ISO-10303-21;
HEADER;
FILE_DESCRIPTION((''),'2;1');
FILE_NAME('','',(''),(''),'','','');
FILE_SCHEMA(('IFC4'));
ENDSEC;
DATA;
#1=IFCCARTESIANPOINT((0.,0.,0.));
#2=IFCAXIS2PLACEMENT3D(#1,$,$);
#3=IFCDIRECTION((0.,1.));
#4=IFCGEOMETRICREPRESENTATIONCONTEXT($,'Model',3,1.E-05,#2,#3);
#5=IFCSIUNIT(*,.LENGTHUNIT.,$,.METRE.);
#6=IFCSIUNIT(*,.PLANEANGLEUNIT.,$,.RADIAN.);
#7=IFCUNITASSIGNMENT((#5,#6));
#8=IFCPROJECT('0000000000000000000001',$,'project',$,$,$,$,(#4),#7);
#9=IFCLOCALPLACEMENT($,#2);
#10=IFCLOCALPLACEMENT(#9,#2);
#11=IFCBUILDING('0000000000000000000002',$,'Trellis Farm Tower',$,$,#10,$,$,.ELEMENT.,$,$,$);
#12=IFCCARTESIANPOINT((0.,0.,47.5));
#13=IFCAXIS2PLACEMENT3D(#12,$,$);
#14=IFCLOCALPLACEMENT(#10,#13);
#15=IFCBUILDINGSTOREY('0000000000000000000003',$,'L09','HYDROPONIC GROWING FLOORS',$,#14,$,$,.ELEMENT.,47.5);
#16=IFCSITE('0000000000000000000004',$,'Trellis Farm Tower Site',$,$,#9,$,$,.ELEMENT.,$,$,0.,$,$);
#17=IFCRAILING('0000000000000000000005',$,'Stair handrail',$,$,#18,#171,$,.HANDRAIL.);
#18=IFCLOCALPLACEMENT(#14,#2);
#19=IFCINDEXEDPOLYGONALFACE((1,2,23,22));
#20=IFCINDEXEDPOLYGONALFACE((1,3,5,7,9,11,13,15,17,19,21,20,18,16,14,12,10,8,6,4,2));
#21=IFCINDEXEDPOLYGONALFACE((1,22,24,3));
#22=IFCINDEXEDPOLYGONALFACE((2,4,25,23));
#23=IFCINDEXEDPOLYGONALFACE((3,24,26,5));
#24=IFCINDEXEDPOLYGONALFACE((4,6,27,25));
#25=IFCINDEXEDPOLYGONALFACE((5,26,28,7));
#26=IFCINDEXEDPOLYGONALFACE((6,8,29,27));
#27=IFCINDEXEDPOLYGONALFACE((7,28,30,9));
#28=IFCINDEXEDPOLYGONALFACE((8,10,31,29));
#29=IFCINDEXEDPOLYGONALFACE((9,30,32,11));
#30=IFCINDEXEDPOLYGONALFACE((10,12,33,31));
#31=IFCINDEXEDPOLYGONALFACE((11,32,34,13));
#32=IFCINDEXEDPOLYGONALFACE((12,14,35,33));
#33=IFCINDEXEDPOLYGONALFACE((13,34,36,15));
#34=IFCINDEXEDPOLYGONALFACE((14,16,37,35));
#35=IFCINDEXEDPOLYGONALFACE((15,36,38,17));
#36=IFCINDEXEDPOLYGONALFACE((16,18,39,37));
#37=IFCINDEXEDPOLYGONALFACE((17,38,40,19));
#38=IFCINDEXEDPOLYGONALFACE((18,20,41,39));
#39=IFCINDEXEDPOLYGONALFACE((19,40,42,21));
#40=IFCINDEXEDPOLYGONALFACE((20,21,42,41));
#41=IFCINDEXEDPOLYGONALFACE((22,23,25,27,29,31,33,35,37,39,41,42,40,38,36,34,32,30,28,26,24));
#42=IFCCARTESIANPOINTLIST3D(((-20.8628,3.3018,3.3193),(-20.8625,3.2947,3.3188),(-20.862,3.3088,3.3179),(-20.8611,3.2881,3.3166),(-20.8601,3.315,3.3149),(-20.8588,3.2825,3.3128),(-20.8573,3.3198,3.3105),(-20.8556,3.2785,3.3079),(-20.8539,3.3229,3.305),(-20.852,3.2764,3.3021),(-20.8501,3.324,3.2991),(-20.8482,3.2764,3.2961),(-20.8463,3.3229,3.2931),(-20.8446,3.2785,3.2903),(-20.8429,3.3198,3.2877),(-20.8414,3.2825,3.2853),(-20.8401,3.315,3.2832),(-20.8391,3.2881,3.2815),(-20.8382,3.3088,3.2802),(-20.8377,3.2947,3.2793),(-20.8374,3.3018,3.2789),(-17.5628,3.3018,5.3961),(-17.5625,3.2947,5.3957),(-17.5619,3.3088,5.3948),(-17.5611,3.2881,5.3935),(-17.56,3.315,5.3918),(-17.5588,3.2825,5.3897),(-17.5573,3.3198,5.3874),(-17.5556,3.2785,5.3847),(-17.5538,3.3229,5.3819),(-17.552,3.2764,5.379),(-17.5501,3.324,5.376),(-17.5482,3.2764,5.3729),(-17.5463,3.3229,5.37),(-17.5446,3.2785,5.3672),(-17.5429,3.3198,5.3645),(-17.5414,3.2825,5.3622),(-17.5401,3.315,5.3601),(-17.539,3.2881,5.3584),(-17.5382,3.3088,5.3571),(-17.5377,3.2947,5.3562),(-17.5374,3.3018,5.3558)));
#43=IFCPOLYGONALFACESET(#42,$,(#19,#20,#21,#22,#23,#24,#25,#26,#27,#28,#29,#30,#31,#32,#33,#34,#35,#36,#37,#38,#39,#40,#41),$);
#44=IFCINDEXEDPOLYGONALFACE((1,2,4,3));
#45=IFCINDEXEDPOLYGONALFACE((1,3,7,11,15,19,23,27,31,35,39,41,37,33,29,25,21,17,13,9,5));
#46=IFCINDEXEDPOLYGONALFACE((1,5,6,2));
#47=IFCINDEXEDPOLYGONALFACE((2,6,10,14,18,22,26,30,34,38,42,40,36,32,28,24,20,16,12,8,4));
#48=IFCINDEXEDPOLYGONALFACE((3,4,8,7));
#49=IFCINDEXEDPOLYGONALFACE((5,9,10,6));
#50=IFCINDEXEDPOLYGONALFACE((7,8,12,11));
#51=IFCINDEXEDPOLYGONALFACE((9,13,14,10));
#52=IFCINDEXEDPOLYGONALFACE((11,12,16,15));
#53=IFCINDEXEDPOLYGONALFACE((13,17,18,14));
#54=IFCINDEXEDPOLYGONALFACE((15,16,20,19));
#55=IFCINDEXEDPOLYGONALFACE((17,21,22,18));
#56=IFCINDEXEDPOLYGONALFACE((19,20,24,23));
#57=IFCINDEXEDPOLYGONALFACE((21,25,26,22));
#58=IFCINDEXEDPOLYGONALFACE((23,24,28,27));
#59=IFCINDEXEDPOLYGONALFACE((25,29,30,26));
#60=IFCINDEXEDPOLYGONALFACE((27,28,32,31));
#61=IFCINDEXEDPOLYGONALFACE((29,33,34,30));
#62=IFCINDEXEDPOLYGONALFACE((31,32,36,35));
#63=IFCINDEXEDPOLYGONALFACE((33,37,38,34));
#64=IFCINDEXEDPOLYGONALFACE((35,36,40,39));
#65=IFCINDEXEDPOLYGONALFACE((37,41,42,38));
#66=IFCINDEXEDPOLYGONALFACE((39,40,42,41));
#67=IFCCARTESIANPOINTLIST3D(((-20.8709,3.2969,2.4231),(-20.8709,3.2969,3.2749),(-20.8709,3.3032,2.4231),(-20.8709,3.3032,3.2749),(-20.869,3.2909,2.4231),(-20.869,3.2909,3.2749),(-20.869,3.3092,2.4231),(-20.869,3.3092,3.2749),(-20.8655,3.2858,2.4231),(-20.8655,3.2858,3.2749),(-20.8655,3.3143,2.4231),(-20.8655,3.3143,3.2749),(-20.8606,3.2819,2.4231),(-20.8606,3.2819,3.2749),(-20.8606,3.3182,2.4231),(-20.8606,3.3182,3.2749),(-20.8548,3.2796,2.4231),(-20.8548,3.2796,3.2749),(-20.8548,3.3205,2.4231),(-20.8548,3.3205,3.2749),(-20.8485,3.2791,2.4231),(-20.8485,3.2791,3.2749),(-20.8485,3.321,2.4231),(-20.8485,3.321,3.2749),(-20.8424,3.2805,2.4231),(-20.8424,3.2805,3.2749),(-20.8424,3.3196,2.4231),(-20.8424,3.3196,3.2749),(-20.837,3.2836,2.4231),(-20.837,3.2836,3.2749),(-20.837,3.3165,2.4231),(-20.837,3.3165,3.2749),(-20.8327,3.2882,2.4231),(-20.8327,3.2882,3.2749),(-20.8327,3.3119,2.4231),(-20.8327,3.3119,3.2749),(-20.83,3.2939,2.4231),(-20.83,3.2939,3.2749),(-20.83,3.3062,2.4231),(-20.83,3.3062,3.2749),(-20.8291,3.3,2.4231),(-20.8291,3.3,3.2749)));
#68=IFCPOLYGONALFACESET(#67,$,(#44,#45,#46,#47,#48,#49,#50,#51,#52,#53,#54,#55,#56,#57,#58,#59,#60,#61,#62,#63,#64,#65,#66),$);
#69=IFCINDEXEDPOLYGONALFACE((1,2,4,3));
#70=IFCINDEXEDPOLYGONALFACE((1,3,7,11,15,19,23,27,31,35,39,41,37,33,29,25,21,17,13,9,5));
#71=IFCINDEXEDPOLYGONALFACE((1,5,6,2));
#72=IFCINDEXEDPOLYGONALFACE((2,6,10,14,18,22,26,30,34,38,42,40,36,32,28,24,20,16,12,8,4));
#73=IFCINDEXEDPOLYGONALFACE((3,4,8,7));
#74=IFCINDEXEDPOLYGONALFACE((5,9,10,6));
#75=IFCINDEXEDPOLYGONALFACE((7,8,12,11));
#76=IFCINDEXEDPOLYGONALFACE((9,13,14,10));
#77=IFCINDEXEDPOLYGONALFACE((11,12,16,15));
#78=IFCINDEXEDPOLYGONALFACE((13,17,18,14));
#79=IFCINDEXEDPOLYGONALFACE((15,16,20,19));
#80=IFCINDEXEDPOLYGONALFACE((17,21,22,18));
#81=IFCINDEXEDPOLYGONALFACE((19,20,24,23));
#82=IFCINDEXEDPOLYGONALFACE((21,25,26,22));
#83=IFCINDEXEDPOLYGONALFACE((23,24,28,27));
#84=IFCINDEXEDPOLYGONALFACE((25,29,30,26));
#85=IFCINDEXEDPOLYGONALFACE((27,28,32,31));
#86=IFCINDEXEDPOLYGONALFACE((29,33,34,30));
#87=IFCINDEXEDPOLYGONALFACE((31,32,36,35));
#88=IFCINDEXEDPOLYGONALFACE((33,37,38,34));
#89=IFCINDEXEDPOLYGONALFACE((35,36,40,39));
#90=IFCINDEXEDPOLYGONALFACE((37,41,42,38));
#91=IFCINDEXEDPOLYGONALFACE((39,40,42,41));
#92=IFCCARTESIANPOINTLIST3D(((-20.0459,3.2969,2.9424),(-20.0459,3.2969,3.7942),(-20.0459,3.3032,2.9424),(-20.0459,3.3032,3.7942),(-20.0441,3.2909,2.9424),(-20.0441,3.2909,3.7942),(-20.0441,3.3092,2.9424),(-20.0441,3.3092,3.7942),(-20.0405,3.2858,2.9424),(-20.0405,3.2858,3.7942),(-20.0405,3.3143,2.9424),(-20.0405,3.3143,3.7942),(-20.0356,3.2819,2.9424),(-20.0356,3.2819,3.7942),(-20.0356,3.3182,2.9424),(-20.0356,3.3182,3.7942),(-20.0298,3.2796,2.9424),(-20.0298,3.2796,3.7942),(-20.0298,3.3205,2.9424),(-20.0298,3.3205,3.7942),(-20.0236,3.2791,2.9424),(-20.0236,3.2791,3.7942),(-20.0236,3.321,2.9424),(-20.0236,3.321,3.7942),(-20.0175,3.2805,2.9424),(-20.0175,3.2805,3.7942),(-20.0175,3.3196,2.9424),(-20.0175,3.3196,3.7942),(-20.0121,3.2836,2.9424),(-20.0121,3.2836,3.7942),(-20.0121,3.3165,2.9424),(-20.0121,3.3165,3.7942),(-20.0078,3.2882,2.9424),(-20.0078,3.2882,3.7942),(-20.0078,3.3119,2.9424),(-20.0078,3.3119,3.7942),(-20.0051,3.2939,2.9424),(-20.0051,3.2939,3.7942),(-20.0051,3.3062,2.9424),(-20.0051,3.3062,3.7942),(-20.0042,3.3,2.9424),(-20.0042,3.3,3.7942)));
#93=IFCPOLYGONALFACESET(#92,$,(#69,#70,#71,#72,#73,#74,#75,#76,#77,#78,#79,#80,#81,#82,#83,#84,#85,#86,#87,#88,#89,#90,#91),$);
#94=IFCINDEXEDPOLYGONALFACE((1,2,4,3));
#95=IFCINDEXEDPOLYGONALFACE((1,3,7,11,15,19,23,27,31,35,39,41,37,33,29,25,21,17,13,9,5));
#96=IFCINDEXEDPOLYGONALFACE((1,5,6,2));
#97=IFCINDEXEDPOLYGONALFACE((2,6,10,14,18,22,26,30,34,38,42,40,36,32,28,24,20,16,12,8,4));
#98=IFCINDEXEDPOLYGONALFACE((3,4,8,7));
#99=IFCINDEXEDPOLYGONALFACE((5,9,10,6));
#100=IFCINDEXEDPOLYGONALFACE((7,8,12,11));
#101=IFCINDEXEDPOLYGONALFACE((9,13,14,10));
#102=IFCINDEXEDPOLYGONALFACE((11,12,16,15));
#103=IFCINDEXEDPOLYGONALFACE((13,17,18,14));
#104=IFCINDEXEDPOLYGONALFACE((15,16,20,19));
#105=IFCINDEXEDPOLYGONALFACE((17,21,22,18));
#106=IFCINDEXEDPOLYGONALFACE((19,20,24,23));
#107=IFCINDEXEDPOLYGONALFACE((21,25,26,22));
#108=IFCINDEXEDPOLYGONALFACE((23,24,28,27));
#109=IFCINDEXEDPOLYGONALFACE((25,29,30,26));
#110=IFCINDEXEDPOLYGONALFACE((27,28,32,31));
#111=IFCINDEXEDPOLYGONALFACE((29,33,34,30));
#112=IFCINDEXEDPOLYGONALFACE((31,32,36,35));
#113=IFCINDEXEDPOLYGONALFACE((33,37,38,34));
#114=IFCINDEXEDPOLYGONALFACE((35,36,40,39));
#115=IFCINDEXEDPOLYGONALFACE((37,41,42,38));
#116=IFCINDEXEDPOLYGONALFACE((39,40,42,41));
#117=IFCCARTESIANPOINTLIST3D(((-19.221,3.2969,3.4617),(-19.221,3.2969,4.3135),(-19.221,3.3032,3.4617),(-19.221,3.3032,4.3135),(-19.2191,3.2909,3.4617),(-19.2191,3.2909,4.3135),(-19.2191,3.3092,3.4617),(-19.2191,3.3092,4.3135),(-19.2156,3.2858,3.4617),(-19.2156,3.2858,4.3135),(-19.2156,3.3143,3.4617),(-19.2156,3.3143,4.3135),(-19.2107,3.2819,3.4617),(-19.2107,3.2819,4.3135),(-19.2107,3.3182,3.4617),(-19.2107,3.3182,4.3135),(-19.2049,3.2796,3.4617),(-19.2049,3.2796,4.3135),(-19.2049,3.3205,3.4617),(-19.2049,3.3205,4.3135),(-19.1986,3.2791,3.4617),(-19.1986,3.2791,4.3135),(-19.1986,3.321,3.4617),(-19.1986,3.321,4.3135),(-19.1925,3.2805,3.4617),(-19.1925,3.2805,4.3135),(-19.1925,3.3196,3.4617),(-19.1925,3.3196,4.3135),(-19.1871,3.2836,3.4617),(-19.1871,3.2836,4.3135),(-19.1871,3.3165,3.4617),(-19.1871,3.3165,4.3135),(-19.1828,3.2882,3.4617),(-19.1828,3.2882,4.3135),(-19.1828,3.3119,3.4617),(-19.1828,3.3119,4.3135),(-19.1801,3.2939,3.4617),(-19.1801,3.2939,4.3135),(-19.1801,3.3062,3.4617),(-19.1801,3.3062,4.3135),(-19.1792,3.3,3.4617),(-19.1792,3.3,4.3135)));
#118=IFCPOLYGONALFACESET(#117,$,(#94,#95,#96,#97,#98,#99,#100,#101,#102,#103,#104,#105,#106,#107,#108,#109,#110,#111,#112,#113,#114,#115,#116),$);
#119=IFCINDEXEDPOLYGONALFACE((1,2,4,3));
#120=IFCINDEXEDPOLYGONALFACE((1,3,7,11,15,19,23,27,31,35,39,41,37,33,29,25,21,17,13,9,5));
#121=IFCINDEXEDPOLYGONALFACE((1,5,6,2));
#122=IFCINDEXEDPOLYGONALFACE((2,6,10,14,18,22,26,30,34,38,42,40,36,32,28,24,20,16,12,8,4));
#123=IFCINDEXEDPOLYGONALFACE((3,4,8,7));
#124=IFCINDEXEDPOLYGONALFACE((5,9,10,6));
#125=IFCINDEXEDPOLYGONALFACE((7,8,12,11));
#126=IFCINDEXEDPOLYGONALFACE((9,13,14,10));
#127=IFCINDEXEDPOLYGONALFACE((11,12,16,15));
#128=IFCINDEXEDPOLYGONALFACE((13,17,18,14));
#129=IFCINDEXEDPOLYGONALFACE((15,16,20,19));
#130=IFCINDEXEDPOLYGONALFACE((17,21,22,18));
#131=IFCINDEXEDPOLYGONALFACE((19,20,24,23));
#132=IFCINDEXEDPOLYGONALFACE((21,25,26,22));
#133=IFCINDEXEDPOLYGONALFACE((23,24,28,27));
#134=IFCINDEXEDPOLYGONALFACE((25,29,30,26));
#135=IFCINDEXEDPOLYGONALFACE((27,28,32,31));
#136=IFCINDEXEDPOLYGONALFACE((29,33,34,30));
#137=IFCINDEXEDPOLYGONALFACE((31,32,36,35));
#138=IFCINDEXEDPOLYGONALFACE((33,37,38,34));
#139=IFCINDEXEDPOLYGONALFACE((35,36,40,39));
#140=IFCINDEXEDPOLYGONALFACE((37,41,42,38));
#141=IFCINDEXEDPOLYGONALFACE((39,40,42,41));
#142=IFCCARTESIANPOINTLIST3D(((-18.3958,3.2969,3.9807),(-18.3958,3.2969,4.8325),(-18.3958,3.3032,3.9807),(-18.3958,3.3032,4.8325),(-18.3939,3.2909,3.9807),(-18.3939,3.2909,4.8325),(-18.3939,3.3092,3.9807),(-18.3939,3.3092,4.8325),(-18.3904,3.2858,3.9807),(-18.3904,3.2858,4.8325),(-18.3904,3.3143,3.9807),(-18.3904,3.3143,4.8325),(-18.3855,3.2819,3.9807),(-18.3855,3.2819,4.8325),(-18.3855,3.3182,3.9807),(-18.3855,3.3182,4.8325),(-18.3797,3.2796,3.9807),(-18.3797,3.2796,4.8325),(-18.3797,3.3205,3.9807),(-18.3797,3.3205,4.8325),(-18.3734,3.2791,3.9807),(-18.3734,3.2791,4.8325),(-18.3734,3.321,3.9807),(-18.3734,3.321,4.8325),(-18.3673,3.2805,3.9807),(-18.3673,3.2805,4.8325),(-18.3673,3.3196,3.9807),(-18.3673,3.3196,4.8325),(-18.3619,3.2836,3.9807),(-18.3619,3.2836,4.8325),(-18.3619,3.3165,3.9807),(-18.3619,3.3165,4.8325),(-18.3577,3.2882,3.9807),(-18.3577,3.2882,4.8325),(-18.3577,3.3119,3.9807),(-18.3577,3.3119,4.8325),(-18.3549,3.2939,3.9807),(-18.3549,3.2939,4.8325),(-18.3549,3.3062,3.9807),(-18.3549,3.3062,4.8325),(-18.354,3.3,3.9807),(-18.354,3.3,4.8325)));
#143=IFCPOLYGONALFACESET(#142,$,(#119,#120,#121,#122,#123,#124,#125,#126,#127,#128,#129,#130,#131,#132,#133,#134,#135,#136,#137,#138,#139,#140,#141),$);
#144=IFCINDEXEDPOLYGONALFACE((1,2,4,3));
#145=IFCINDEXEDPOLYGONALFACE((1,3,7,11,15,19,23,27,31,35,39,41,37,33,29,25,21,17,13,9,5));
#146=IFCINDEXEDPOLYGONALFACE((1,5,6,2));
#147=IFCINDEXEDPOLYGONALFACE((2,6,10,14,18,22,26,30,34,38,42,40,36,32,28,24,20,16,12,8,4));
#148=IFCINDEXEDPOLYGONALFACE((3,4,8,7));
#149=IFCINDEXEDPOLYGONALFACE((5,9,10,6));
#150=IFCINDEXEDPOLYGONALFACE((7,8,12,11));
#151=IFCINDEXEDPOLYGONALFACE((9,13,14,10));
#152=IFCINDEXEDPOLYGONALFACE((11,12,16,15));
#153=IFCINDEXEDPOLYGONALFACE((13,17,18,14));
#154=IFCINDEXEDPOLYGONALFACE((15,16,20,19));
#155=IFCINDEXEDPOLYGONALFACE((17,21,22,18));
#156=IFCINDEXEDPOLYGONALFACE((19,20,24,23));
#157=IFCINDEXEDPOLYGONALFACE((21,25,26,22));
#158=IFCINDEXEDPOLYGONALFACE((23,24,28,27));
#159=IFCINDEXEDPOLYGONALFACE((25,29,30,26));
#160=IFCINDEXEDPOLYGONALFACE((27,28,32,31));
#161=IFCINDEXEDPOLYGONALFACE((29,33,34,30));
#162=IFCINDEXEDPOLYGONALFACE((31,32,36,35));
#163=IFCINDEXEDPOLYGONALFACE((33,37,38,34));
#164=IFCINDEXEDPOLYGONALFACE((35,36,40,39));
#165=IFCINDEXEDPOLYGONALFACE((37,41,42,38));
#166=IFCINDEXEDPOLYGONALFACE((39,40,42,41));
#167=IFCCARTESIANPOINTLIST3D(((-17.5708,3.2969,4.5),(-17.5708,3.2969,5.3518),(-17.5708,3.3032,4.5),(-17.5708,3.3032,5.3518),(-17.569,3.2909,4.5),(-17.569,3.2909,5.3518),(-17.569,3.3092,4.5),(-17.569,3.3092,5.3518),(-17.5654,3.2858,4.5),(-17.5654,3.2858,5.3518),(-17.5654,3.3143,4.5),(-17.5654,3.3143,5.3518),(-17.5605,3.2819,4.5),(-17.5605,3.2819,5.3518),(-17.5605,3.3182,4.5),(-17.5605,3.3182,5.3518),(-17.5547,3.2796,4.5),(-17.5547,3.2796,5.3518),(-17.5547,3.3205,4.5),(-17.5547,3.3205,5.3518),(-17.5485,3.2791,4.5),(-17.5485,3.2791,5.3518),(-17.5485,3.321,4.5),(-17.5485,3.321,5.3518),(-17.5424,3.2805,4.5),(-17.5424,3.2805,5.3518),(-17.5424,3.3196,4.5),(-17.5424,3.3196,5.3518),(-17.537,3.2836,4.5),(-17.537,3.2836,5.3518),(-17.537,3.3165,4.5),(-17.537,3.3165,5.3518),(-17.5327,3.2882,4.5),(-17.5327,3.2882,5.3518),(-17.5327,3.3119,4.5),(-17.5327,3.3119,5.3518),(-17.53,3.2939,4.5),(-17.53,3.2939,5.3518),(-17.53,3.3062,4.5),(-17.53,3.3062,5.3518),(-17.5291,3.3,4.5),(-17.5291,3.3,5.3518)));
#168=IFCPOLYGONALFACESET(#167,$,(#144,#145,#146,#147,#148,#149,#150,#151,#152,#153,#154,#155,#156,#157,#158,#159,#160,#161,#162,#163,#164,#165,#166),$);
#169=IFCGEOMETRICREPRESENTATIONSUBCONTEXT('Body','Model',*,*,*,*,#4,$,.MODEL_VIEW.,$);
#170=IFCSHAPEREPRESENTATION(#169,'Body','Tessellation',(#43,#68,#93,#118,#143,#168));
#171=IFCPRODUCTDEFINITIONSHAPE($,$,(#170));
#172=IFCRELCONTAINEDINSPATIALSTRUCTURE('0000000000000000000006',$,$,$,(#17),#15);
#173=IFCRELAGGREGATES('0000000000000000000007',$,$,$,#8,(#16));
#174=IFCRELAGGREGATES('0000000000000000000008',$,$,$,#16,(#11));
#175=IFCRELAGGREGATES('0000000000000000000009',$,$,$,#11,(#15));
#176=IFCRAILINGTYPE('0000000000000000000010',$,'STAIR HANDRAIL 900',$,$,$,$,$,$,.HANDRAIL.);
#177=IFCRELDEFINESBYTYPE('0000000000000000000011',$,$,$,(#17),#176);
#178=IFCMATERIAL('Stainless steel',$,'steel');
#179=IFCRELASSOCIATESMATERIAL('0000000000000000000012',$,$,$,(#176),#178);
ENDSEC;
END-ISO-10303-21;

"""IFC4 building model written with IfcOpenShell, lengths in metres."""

from ifc_helpers import new_model, si_unit, direction, frame, origin, origin_2d, place, context, subcontext, project, spatial, circle, extrude, source, transform, mapped, material, type_object, element, save


model = new_model("IFC4")

# Units and contexts
model_context = context("Model", 3, precision=1e-05, world=origin(), true_north=direction((0.0, 1.0)))
body_context = subcontext(model_context, "Body", "Model", "MODEL_VIEW")
ifc_project = project(units=[si_unit("LENGTHUNIT", "METRE"), si_unit("PLANEANGLEUNIT", "RADIAN")], contexts=[model_context])

# Site, building, storey
site_placement = place(None, origin())
site = spatial("IfcSite", under=ifc_project, at=site_placement, Name="Trellis Farm Tower Site", CompositionType="ELEMENT", RefElevation=0.0)
building_placement = place(site_placement, origin())
building = spatial("IfcBuilding", under=site, at=building_placement, Name="Trellis Farm Tower", CompositionType="ELEMENT")
storey_placement = place(building_placement, frame((0.0, 0.0, 47.5)))
storey = spatial("IfcBuildingStorey", under=building, at=storey_placement, Name="L09", Description="HYDROPONIC GROWING FLOORS", CompositionType="ELEMENT", Elevation=47.5)

# Shared definitions
ifc_material_1 = material(Name="Stainless steel", Category="steel")

# Railing
railing_type = type_object("IfcRailingType", Name="STAIR HANDRAIL 900", PredefinedType="HANDRAIL", material=ifc_material_1)
shared_shape_1 = source(origin(), body_context, "Body", "SweptSolid", [
    extrude(circle(Radius=0.0239, at=origin_2d()), frame((0.0, 0.0, 0.876), z_axis=(0.846337, 0.0, 0.532647), x_axis=(0.0, 1.0, 0.0)), (0.0, 0.0, 1.0), 3.8992),
    extrude(circle(Radius=0.021, at=origin_2d()), origin(), (0.0, 0.0, 1.0), 0.8518),
    extrude(circle(Radius=0.021, at=origin_2d()), frame((0.825, 0.0, 0.5193)), (0.0, 0.0, 1.0), 0.8518),
    extrude(circle(Radius=0.021, at=origin_2d()), frame((1.6499, 0.0, 1.0386)), (0.0, 0.0, 1.0), 0.8518),
    extrude(circle(Radius=0.021, at=origin_2d()), frame((2.4751, 0.0, 1.5576)), (0.0, 0.0, 1.0), 0.8518),
    extrude(circle(Radius=0.021, at=origin_2d()), frame((3.3, 0.0, 2.0769)), (0.0, 0.0, 1.0), 0.8518),
])
for number, where, name in (
    (1, (-20.8501, 3.3, 2.4231), "Stair handrail"),
):
    element("IfcRailing", number, at=place(storey_placement, frame(where)), inside=storey, type_object=railing_type, Name=name, PredefinedType="HANDRAIL", context=body_context, shape_type="MappedRepresentation", body=[
        mapped(shared_shape_1, transform((0.0, 0.0, 0.0))),
    ])

save(model, "model.ifc")
